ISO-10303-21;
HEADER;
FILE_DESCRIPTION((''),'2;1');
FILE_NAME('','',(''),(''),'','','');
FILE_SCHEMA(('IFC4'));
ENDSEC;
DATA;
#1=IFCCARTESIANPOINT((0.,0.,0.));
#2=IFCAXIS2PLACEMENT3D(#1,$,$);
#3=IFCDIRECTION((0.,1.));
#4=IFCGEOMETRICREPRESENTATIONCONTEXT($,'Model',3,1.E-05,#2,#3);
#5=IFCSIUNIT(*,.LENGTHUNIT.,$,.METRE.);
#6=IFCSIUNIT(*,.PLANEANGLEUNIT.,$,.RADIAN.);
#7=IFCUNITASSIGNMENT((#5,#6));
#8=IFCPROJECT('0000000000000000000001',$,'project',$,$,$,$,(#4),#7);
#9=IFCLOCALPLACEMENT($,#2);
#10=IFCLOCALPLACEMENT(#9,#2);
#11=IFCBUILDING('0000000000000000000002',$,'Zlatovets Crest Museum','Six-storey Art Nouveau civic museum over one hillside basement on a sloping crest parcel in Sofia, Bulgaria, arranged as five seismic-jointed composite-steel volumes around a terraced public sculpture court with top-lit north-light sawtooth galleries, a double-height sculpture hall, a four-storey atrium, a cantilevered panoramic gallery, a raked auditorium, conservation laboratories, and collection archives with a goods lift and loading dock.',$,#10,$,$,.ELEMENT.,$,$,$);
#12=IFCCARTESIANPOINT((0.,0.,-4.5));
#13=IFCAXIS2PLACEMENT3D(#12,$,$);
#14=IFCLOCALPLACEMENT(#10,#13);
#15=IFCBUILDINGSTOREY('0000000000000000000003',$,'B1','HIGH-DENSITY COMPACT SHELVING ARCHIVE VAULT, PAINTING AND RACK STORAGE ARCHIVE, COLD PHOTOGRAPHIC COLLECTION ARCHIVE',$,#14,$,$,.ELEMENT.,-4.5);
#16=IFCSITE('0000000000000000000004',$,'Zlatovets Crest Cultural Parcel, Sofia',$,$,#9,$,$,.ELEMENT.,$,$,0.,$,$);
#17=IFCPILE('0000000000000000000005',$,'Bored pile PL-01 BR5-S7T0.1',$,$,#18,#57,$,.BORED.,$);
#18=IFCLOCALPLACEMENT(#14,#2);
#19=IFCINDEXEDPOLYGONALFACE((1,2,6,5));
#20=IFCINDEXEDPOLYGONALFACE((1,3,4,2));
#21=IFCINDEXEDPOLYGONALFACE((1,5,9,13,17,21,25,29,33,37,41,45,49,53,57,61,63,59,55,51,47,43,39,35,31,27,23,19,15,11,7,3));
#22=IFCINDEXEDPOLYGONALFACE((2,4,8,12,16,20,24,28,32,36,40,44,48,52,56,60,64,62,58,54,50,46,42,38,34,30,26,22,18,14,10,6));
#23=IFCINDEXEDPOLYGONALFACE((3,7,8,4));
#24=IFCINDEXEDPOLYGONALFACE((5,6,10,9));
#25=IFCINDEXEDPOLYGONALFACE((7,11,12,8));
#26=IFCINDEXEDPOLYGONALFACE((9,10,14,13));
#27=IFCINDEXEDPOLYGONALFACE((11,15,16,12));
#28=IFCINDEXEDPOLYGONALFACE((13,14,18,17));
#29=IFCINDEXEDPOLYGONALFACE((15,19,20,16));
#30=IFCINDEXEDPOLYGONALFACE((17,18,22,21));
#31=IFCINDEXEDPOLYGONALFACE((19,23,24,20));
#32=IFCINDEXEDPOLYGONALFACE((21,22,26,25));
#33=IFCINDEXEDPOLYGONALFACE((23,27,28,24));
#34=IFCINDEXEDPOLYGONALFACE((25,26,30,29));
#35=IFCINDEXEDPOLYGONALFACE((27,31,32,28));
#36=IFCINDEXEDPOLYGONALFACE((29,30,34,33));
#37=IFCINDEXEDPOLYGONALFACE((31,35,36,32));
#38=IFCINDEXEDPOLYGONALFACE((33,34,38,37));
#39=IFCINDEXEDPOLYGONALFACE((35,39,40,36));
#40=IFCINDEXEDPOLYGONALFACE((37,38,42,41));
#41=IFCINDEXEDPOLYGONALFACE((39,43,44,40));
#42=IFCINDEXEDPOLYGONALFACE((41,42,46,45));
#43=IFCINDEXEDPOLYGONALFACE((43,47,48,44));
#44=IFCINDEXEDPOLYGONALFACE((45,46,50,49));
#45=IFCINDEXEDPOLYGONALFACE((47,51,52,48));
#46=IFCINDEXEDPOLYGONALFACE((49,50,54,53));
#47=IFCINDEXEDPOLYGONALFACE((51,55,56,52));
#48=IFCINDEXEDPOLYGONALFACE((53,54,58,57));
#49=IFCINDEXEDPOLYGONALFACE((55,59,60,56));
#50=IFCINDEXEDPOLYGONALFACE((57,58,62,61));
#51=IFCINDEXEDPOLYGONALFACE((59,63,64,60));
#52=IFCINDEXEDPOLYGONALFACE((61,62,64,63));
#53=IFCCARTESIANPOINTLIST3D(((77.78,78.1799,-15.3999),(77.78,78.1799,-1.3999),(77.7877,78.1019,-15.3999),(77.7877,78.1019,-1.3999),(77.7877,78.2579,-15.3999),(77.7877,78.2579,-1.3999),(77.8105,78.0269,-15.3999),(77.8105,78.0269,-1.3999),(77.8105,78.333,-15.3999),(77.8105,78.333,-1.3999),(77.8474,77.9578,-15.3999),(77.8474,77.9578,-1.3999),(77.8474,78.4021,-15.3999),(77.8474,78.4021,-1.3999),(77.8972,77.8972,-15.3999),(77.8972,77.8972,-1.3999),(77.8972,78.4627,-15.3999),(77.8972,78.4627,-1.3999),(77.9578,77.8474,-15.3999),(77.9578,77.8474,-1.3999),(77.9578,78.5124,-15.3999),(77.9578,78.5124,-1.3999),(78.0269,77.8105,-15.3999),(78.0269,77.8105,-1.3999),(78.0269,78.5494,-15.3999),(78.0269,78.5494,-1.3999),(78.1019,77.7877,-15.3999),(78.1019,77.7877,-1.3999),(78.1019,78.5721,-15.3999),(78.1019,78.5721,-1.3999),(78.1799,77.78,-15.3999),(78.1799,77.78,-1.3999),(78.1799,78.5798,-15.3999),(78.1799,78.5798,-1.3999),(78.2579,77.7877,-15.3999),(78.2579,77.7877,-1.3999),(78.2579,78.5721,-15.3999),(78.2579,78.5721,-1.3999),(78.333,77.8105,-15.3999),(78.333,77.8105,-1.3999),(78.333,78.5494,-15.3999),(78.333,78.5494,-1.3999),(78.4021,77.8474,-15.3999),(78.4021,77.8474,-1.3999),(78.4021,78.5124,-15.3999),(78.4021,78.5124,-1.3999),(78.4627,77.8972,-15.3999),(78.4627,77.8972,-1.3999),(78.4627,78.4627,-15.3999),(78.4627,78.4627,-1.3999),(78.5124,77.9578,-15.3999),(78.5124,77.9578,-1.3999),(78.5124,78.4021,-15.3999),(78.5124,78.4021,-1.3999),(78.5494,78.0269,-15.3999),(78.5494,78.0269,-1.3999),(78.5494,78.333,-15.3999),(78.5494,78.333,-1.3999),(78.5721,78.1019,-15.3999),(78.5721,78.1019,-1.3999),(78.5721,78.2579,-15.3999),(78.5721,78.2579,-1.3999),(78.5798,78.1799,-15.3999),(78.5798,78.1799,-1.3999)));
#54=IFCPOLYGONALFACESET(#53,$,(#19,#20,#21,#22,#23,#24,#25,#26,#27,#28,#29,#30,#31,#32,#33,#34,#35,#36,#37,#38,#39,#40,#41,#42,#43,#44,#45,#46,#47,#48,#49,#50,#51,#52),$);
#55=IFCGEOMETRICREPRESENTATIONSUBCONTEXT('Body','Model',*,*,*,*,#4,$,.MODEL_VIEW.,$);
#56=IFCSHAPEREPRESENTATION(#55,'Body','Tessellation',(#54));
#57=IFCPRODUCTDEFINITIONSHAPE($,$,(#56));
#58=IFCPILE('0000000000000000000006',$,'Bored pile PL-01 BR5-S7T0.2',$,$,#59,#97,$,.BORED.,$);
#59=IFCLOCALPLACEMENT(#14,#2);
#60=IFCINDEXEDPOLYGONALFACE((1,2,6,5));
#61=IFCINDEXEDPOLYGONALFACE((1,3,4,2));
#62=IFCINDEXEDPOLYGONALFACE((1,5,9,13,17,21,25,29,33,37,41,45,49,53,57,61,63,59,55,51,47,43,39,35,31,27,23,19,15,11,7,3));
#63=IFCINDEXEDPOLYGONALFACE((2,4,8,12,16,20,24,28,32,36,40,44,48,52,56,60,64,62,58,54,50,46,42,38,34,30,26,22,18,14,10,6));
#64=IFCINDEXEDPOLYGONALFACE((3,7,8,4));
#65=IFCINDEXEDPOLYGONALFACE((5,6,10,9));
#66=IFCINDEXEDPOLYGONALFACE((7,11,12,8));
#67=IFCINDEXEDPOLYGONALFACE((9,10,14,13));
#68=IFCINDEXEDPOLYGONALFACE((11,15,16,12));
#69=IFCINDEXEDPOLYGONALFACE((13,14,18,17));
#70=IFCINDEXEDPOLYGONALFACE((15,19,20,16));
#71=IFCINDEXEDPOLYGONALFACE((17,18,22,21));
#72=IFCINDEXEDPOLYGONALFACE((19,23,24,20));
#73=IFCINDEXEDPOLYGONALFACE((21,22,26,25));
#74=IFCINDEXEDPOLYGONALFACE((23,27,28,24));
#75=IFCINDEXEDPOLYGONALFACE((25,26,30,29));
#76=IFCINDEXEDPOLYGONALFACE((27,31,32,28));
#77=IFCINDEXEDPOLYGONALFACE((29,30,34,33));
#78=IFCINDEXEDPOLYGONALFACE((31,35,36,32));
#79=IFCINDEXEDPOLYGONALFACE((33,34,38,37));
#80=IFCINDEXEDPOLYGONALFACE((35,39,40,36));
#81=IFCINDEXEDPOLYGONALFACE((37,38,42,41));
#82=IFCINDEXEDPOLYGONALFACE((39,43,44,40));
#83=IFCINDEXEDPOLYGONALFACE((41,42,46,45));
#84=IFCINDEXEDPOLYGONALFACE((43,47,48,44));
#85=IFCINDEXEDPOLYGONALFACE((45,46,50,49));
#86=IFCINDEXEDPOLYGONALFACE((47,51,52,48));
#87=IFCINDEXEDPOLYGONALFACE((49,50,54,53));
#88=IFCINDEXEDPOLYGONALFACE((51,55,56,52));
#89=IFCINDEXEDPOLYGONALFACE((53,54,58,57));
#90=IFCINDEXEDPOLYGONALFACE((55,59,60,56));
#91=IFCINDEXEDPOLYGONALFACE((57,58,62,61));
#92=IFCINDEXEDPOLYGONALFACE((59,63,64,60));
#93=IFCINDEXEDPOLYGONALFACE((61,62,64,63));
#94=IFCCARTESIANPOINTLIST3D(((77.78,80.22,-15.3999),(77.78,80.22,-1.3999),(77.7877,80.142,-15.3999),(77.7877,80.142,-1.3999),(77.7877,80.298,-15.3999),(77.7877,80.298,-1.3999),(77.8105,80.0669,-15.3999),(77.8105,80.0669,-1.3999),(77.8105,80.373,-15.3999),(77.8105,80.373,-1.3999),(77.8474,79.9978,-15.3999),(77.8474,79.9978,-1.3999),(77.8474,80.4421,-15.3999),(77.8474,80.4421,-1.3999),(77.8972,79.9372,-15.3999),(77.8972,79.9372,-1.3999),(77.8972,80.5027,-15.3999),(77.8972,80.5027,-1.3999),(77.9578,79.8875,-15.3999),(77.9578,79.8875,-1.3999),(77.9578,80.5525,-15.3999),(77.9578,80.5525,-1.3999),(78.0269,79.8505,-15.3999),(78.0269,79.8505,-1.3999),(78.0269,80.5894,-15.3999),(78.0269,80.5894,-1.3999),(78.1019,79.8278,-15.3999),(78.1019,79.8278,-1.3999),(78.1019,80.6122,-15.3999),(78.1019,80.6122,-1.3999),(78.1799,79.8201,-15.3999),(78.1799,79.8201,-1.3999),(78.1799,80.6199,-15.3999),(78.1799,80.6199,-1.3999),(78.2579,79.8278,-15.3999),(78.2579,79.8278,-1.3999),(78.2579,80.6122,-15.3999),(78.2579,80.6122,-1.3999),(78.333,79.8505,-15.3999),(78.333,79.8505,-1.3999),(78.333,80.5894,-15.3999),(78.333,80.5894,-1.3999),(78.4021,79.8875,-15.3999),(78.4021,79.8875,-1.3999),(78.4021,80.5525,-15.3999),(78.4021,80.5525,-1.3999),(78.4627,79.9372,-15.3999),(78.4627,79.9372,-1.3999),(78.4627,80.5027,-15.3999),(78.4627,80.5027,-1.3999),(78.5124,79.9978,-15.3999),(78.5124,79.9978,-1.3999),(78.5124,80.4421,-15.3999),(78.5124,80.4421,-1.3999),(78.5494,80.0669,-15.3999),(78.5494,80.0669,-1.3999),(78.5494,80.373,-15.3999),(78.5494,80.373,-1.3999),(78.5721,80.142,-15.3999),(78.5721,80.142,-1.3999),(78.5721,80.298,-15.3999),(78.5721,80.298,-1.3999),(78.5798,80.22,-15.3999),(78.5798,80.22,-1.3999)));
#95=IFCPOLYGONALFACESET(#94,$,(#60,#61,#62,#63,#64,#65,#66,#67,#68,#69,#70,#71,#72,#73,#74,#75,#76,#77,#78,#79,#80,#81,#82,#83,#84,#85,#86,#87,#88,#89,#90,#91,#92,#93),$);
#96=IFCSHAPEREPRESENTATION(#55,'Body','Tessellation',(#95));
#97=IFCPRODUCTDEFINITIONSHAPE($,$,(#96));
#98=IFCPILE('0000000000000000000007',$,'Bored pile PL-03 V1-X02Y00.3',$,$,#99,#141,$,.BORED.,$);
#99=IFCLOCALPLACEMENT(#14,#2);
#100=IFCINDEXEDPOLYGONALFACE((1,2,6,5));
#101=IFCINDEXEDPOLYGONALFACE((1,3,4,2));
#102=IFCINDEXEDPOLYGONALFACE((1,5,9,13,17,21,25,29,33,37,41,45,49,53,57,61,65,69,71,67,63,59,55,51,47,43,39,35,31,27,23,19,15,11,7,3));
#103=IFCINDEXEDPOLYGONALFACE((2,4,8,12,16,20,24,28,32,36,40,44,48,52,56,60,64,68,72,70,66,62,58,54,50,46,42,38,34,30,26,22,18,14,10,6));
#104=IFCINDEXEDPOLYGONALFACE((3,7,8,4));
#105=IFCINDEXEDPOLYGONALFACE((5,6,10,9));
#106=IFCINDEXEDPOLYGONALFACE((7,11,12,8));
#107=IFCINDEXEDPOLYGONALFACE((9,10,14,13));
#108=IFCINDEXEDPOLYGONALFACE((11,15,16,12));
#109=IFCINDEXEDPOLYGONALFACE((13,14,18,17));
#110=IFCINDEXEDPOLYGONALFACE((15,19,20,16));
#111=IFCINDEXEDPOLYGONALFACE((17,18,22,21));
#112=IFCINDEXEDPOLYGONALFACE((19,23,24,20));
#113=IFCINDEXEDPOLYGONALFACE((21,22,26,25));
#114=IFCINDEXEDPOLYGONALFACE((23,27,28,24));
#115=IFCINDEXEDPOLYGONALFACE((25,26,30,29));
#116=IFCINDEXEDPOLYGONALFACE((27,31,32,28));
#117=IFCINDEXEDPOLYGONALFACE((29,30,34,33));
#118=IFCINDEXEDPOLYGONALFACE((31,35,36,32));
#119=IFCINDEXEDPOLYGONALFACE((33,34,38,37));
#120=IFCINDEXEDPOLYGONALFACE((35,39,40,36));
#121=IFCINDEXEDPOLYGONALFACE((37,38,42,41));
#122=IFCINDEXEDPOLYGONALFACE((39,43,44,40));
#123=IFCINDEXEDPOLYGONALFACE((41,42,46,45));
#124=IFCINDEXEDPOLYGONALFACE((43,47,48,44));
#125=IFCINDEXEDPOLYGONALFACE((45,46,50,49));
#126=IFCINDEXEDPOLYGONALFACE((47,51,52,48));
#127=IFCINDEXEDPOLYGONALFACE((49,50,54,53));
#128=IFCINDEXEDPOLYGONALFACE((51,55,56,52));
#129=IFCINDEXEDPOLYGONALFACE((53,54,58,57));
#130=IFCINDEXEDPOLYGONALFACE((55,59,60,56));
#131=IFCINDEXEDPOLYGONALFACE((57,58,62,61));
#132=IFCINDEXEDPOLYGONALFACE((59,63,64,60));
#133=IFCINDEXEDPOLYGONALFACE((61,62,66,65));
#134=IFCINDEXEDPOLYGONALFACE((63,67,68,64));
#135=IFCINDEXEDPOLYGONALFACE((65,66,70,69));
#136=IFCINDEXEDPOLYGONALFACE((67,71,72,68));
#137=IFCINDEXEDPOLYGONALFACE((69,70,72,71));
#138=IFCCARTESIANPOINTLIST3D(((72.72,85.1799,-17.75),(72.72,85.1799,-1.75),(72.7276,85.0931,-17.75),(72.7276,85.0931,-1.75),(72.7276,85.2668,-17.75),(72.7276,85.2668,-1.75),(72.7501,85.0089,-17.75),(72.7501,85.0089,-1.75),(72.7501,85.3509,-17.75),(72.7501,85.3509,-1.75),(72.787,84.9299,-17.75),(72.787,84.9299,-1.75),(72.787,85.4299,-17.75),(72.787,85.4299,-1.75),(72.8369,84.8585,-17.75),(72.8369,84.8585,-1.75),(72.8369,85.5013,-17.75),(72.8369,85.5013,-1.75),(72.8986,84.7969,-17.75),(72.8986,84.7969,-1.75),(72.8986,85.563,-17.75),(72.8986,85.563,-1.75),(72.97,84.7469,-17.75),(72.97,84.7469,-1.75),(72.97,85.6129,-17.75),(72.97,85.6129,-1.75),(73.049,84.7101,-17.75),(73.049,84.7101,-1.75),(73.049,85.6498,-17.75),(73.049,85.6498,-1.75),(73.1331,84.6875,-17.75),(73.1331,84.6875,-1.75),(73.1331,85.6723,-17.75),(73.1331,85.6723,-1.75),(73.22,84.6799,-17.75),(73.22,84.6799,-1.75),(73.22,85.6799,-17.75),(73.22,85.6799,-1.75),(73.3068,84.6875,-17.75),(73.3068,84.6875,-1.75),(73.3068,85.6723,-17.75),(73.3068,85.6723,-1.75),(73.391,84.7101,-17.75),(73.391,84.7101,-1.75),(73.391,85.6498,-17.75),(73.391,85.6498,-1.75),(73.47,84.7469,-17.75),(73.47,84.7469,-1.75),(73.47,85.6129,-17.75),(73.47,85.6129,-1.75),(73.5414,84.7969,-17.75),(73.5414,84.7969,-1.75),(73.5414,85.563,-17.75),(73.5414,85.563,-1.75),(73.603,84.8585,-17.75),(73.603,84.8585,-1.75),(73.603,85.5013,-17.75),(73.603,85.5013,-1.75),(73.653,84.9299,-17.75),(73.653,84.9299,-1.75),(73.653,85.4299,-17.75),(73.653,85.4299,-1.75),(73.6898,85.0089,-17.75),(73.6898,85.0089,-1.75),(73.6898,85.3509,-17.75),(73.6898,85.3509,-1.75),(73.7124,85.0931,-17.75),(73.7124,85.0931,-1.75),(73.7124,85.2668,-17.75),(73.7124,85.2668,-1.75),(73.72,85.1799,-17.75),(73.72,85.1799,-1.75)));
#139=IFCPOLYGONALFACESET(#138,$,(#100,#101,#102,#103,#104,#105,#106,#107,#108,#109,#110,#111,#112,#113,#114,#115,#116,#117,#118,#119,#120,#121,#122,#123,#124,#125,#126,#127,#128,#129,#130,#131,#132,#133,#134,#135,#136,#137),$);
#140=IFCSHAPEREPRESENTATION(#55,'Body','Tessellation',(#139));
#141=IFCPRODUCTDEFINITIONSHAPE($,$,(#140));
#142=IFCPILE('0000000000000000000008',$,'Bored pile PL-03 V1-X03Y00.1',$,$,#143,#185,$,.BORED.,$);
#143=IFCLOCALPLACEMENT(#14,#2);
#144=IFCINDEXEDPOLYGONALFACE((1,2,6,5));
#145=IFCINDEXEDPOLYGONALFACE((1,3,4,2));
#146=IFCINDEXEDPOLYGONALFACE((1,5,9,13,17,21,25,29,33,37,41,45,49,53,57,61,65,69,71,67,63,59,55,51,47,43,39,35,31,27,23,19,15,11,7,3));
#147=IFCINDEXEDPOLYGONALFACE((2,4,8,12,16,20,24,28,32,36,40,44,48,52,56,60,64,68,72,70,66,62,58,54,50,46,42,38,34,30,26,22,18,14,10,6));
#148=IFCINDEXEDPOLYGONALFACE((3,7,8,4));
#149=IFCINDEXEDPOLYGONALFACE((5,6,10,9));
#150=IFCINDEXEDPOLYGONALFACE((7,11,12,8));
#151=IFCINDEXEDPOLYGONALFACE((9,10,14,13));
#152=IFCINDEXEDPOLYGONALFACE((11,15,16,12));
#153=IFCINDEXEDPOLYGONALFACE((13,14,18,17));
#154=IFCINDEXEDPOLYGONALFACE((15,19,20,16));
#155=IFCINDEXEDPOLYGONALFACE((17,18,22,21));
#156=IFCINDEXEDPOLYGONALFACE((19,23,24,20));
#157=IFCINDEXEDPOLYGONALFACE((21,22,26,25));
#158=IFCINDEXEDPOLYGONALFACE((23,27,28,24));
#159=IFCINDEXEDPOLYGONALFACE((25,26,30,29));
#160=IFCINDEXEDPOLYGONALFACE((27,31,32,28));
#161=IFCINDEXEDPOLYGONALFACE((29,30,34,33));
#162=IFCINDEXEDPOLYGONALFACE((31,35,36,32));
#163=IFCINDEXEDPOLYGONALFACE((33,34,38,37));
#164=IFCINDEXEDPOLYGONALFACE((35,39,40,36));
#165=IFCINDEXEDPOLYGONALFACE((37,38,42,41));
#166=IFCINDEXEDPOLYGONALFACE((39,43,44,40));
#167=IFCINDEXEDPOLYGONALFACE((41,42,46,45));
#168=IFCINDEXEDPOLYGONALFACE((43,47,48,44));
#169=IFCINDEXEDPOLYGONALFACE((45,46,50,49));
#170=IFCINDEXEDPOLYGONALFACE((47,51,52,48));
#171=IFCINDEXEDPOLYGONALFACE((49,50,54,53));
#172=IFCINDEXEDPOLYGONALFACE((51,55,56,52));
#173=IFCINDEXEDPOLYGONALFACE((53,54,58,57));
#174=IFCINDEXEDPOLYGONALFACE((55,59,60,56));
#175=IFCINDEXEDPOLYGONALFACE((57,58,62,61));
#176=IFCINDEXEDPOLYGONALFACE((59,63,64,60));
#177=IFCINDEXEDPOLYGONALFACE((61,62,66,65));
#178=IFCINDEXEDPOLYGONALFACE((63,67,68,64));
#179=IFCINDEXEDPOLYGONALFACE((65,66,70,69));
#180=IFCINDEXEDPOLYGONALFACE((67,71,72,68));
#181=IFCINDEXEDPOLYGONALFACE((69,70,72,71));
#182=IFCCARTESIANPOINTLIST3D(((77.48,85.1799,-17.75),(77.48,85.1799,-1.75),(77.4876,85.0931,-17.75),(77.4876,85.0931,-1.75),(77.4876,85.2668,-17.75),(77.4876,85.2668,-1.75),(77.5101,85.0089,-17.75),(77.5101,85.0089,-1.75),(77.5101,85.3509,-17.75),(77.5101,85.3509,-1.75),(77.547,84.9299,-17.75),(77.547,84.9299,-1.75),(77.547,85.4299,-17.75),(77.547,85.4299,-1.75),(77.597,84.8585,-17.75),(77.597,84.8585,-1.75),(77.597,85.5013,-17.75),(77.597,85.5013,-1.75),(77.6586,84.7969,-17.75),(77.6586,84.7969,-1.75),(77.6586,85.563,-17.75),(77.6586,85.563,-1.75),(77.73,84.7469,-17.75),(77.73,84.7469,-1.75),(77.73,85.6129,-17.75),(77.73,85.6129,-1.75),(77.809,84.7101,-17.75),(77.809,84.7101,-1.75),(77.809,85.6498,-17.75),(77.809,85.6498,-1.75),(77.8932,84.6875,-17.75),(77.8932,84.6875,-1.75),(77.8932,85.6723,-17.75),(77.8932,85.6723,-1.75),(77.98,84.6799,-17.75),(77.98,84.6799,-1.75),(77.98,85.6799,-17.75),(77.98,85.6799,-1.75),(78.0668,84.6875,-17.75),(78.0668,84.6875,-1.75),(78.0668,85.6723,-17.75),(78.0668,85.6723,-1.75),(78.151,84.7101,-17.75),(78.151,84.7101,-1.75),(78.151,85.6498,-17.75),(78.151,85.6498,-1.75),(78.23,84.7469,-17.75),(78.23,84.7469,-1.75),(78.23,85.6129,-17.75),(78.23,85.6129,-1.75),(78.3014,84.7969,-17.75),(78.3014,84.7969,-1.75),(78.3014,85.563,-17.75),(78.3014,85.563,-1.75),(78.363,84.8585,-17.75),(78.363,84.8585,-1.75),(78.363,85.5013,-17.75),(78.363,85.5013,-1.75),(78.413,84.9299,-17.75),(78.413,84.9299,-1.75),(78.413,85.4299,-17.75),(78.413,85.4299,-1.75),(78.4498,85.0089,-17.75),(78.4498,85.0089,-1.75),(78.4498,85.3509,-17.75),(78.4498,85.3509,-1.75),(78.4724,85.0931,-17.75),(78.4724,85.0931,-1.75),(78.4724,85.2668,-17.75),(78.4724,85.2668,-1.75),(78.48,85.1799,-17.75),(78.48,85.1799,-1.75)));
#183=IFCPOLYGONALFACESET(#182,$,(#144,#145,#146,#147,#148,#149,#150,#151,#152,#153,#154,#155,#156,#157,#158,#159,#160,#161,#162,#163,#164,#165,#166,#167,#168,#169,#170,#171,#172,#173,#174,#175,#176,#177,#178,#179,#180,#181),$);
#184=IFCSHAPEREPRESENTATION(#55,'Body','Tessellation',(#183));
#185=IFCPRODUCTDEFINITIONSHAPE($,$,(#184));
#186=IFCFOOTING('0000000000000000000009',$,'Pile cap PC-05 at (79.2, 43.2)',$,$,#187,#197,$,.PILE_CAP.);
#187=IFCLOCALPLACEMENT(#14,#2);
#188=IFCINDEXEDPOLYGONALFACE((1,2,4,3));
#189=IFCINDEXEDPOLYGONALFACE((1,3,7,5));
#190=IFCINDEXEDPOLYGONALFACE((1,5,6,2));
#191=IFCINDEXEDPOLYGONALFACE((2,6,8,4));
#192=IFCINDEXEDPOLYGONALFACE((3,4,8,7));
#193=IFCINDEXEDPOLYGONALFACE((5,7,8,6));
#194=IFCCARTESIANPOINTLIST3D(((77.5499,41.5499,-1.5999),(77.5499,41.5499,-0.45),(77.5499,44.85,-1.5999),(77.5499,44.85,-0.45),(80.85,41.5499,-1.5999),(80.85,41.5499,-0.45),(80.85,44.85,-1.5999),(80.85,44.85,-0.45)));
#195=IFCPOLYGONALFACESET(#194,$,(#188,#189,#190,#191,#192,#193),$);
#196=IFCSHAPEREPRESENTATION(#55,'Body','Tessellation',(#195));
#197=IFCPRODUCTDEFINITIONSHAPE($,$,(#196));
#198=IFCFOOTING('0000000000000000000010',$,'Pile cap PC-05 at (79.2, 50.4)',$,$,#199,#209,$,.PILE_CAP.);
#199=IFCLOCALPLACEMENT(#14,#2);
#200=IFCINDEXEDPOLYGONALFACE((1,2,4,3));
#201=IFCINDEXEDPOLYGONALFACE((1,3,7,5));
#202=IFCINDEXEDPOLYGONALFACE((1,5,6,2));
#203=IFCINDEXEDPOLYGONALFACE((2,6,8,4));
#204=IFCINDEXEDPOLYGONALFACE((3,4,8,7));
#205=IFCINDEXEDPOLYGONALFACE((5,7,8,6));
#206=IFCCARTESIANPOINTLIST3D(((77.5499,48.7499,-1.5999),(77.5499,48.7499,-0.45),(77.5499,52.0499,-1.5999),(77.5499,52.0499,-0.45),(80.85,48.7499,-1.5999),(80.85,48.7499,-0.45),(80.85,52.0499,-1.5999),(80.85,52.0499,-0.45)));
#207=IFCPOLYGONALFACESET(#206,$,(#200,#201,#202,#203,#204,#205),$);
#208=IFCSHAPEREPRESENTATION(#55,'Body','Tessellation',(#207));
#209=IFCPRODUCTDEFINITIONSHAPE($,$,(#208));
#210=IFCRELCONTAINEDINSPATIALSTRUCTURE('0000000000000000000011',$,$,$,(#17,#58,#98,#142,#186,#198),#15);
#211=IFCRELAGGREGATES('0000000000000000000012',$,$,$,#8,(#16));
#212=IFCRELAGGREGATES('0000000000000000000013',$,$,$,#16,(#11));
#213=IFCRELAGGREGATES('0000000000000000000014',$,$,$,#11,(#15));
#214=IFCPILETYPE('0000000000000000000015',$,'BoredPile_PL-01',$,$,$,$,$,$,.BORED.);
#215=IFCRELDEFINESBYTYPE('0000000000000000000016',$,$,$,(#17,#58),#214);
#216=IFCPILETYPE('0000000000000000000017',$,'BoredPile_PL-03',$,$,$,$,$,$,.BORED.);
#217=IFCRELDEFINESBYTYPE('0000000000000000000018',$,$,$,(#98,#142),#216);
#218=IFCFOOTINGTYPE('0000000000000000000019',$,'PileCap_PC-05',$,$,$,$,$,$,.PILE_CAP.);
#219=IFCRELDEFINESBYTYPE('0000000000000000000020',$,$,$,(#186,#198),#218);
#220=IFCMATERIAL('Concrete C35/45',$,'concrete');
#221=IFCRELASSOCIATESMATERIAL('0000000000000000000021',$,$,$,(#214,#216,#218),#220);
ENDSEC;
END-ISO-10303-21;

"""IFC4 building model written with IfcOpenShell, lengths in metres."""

from ifc_helpers import new_model, si_unit, direction, frame, origin, origin_2d, place, context, subcontext, project, spatial, rectangle, circle, extrude, material, material_profile, profile_set, type_object, element, save


model = new_model("IFC4")

# Units and contexts
model_context = context("Model", 3, precision=1e-05, world=origin(), true_north=direction((0.0, 1.0)))
body_context = subcontext(model_context, "Body", "Model", "MODEL_VIEW")
ifc_project = project(units=[si_unit("LENGTHUNIT", "METRE"), si_unit("PLANEANGLEUNIT", "RADIAN")], contexts=[model_context])

# Site, building, storey
site_placement = place(None, origin())
site = spatial("IfcSite", under=ifc_project, at=site_placement, Name="Zlatovets Crest Cultural Parcel, Sofia", CompositionType="ELEMENT", RefElevation=0.0)
building_placement = place(site_placement, origin())
building = spatial("IfcBuilding", under=site, at=building_placement, Name="Zlatovets Crest Museum", Description="Six-storey Art Nouveau civic museum over one hillside basement on a sloping crest parcel in Sofia, Bulgaria, arranged as five seismic-jointed composite-steel volumes around a terraced public sculpture court with top-lit north-light sawtooth galleries, a double-height sculpture hall, a four-storey atrium, a cantilevered panoramic gallery, a raked auditorium, conservation laboratories, and collection archives with a goods lift and loading dock.", CompositionType="ELEMENT")
storey_placement = place(building_placement, frame((0.0, 0.0, -4.5)))
storey = spatial("IfcBuildingStorey", under=building, at=storey_placement, Name="B1", Description="HIGH-DENSITY COMPACT SHELVING ARCHIVE VAULT, PAINTING AND RACK STORAGE ARCHIVE, COLD PHOTOGRAPHIC COLLECTION ARCHIVE", CompositionType="ELEMENT", Elevation=-4.5)

# Piles
ifc_material_1 = material(Name="Concrete C35/45", Category="concrete")
ifc_material_profile_1 = material_profile(ifc_material_1, circle(Radius=0.3999, at=origin_2d()), Name="PILE D800")
ifc_profile_set_1 = profile_set([ifc_material_profile_1], Name="Concrete C35/45")
pile_type_1 = type_object("IfcPileType", Name="BoredPile_PL-01", PredefinedType="BORED", material=ifc_profile_set_1)
for number, where, z_axis, x_axis, name in (
    (1, (78.1799, 78.1799, -1.3999), (0.0, 0.0, -1.0), (1.0, 0.0, 0.0), "Bored pile PL-01 BR5-S7T0.1"),
    (2, (78.1799, 80.22, -1.3999), (0.0, 0.0, -1.0), (1.0, 0.0, 0.0), "Bored pile PL-01 BR5-S7T0.2"),
):
    element("IfcPile", number, at=place(storey_placement, frame(where, z_axis=z_axis, x_axis=x_axis)), inside=storey, type_object=pile_type_1, Name=name, PredefinedType="BORED", context=body_context, shape_type="SweptSolid", body=[
        extrude(circle(Radius=0.3999, at=origin_2d()), origin(), (0.0, 0.0, 1.0), 14.0),
    ])
ifc_material_profile_2 = material_profile(ifc_material_1, circle(Radius=0.5, at=origin_2d()), Name="PILE D1000")
ifc_profile_set_2 = profile_set([ifc_material_profile_2], Name="Concrete C35/45")
pile_type_2 = type_object("IfcPileType", Name="BoredPile_PL-03", PredefinedType="BORED", material=ifc_profile_set_2)
for number, where, z_axis, x_axis, name in (
    (3, (73.22, 85.1799, -1.75), (0.0, 0.0, -1.0), (1.0, 0.0, 0.0), "Bored pile PL-03 V1-X02Y00.3"),
    (4, (77.98, 85.1799, -1.75), (0.0, 0.0, -1.0), (1.0, 0.0, 0.0), "Bored pile PL-03 V1-X03Y00.1"),
):
    element("IfcPile", number, at=place(storey_placement, frame(where, z_axis=z_axis, x_axis=x_axis)), inside=storey, type_object=pile_type_2, Name=name, PredefinedType="BORED", context=body_context, shape_type="SweptSolid", body=[
        extrude(circle(Radius=0.5, at=origin_2d()), origin(), (0.0, 0.0, 1.0), 16.0),
    ])

# Footings
footing_type_1 = type_object("IfcFootingType", Name="PileCap_PC-05", PredefinedType="PILE_CAP", material=ifc_material_1)
for number, where, z_axis, x_axis, name in (
    (5, (79.2, 43.2, -1.5999), (0.0, 0.0, 1.0), (1.0, 0.0, 0.0), "Pile cap PC-05 at (79.2, 43.2)"),
    (6, (79.2, 50.3999, -1.5999), (0.0, 0.0, 1.0), (1.0, 0.0, 0.0), "Pile cap PC-05 at (79.2, 50.4)"),
):
    element("IfcFooting", number, at=place(storey_placement, frame(where, z_axis=z_axis, x_axis=x_axis)), inside=storey, type_object=footing_type_1, Name=name, PredefinedType="PILE_CAP", context=body_context, shape_type="SweptSolid", body=[
        extrude(rectangle(XDim=3.3, YDim=3.3, at=origin_2d()), origin(), (0.0, 0.0, 1.0), 1.1499),
    ])

save(model, "model.ifc")
